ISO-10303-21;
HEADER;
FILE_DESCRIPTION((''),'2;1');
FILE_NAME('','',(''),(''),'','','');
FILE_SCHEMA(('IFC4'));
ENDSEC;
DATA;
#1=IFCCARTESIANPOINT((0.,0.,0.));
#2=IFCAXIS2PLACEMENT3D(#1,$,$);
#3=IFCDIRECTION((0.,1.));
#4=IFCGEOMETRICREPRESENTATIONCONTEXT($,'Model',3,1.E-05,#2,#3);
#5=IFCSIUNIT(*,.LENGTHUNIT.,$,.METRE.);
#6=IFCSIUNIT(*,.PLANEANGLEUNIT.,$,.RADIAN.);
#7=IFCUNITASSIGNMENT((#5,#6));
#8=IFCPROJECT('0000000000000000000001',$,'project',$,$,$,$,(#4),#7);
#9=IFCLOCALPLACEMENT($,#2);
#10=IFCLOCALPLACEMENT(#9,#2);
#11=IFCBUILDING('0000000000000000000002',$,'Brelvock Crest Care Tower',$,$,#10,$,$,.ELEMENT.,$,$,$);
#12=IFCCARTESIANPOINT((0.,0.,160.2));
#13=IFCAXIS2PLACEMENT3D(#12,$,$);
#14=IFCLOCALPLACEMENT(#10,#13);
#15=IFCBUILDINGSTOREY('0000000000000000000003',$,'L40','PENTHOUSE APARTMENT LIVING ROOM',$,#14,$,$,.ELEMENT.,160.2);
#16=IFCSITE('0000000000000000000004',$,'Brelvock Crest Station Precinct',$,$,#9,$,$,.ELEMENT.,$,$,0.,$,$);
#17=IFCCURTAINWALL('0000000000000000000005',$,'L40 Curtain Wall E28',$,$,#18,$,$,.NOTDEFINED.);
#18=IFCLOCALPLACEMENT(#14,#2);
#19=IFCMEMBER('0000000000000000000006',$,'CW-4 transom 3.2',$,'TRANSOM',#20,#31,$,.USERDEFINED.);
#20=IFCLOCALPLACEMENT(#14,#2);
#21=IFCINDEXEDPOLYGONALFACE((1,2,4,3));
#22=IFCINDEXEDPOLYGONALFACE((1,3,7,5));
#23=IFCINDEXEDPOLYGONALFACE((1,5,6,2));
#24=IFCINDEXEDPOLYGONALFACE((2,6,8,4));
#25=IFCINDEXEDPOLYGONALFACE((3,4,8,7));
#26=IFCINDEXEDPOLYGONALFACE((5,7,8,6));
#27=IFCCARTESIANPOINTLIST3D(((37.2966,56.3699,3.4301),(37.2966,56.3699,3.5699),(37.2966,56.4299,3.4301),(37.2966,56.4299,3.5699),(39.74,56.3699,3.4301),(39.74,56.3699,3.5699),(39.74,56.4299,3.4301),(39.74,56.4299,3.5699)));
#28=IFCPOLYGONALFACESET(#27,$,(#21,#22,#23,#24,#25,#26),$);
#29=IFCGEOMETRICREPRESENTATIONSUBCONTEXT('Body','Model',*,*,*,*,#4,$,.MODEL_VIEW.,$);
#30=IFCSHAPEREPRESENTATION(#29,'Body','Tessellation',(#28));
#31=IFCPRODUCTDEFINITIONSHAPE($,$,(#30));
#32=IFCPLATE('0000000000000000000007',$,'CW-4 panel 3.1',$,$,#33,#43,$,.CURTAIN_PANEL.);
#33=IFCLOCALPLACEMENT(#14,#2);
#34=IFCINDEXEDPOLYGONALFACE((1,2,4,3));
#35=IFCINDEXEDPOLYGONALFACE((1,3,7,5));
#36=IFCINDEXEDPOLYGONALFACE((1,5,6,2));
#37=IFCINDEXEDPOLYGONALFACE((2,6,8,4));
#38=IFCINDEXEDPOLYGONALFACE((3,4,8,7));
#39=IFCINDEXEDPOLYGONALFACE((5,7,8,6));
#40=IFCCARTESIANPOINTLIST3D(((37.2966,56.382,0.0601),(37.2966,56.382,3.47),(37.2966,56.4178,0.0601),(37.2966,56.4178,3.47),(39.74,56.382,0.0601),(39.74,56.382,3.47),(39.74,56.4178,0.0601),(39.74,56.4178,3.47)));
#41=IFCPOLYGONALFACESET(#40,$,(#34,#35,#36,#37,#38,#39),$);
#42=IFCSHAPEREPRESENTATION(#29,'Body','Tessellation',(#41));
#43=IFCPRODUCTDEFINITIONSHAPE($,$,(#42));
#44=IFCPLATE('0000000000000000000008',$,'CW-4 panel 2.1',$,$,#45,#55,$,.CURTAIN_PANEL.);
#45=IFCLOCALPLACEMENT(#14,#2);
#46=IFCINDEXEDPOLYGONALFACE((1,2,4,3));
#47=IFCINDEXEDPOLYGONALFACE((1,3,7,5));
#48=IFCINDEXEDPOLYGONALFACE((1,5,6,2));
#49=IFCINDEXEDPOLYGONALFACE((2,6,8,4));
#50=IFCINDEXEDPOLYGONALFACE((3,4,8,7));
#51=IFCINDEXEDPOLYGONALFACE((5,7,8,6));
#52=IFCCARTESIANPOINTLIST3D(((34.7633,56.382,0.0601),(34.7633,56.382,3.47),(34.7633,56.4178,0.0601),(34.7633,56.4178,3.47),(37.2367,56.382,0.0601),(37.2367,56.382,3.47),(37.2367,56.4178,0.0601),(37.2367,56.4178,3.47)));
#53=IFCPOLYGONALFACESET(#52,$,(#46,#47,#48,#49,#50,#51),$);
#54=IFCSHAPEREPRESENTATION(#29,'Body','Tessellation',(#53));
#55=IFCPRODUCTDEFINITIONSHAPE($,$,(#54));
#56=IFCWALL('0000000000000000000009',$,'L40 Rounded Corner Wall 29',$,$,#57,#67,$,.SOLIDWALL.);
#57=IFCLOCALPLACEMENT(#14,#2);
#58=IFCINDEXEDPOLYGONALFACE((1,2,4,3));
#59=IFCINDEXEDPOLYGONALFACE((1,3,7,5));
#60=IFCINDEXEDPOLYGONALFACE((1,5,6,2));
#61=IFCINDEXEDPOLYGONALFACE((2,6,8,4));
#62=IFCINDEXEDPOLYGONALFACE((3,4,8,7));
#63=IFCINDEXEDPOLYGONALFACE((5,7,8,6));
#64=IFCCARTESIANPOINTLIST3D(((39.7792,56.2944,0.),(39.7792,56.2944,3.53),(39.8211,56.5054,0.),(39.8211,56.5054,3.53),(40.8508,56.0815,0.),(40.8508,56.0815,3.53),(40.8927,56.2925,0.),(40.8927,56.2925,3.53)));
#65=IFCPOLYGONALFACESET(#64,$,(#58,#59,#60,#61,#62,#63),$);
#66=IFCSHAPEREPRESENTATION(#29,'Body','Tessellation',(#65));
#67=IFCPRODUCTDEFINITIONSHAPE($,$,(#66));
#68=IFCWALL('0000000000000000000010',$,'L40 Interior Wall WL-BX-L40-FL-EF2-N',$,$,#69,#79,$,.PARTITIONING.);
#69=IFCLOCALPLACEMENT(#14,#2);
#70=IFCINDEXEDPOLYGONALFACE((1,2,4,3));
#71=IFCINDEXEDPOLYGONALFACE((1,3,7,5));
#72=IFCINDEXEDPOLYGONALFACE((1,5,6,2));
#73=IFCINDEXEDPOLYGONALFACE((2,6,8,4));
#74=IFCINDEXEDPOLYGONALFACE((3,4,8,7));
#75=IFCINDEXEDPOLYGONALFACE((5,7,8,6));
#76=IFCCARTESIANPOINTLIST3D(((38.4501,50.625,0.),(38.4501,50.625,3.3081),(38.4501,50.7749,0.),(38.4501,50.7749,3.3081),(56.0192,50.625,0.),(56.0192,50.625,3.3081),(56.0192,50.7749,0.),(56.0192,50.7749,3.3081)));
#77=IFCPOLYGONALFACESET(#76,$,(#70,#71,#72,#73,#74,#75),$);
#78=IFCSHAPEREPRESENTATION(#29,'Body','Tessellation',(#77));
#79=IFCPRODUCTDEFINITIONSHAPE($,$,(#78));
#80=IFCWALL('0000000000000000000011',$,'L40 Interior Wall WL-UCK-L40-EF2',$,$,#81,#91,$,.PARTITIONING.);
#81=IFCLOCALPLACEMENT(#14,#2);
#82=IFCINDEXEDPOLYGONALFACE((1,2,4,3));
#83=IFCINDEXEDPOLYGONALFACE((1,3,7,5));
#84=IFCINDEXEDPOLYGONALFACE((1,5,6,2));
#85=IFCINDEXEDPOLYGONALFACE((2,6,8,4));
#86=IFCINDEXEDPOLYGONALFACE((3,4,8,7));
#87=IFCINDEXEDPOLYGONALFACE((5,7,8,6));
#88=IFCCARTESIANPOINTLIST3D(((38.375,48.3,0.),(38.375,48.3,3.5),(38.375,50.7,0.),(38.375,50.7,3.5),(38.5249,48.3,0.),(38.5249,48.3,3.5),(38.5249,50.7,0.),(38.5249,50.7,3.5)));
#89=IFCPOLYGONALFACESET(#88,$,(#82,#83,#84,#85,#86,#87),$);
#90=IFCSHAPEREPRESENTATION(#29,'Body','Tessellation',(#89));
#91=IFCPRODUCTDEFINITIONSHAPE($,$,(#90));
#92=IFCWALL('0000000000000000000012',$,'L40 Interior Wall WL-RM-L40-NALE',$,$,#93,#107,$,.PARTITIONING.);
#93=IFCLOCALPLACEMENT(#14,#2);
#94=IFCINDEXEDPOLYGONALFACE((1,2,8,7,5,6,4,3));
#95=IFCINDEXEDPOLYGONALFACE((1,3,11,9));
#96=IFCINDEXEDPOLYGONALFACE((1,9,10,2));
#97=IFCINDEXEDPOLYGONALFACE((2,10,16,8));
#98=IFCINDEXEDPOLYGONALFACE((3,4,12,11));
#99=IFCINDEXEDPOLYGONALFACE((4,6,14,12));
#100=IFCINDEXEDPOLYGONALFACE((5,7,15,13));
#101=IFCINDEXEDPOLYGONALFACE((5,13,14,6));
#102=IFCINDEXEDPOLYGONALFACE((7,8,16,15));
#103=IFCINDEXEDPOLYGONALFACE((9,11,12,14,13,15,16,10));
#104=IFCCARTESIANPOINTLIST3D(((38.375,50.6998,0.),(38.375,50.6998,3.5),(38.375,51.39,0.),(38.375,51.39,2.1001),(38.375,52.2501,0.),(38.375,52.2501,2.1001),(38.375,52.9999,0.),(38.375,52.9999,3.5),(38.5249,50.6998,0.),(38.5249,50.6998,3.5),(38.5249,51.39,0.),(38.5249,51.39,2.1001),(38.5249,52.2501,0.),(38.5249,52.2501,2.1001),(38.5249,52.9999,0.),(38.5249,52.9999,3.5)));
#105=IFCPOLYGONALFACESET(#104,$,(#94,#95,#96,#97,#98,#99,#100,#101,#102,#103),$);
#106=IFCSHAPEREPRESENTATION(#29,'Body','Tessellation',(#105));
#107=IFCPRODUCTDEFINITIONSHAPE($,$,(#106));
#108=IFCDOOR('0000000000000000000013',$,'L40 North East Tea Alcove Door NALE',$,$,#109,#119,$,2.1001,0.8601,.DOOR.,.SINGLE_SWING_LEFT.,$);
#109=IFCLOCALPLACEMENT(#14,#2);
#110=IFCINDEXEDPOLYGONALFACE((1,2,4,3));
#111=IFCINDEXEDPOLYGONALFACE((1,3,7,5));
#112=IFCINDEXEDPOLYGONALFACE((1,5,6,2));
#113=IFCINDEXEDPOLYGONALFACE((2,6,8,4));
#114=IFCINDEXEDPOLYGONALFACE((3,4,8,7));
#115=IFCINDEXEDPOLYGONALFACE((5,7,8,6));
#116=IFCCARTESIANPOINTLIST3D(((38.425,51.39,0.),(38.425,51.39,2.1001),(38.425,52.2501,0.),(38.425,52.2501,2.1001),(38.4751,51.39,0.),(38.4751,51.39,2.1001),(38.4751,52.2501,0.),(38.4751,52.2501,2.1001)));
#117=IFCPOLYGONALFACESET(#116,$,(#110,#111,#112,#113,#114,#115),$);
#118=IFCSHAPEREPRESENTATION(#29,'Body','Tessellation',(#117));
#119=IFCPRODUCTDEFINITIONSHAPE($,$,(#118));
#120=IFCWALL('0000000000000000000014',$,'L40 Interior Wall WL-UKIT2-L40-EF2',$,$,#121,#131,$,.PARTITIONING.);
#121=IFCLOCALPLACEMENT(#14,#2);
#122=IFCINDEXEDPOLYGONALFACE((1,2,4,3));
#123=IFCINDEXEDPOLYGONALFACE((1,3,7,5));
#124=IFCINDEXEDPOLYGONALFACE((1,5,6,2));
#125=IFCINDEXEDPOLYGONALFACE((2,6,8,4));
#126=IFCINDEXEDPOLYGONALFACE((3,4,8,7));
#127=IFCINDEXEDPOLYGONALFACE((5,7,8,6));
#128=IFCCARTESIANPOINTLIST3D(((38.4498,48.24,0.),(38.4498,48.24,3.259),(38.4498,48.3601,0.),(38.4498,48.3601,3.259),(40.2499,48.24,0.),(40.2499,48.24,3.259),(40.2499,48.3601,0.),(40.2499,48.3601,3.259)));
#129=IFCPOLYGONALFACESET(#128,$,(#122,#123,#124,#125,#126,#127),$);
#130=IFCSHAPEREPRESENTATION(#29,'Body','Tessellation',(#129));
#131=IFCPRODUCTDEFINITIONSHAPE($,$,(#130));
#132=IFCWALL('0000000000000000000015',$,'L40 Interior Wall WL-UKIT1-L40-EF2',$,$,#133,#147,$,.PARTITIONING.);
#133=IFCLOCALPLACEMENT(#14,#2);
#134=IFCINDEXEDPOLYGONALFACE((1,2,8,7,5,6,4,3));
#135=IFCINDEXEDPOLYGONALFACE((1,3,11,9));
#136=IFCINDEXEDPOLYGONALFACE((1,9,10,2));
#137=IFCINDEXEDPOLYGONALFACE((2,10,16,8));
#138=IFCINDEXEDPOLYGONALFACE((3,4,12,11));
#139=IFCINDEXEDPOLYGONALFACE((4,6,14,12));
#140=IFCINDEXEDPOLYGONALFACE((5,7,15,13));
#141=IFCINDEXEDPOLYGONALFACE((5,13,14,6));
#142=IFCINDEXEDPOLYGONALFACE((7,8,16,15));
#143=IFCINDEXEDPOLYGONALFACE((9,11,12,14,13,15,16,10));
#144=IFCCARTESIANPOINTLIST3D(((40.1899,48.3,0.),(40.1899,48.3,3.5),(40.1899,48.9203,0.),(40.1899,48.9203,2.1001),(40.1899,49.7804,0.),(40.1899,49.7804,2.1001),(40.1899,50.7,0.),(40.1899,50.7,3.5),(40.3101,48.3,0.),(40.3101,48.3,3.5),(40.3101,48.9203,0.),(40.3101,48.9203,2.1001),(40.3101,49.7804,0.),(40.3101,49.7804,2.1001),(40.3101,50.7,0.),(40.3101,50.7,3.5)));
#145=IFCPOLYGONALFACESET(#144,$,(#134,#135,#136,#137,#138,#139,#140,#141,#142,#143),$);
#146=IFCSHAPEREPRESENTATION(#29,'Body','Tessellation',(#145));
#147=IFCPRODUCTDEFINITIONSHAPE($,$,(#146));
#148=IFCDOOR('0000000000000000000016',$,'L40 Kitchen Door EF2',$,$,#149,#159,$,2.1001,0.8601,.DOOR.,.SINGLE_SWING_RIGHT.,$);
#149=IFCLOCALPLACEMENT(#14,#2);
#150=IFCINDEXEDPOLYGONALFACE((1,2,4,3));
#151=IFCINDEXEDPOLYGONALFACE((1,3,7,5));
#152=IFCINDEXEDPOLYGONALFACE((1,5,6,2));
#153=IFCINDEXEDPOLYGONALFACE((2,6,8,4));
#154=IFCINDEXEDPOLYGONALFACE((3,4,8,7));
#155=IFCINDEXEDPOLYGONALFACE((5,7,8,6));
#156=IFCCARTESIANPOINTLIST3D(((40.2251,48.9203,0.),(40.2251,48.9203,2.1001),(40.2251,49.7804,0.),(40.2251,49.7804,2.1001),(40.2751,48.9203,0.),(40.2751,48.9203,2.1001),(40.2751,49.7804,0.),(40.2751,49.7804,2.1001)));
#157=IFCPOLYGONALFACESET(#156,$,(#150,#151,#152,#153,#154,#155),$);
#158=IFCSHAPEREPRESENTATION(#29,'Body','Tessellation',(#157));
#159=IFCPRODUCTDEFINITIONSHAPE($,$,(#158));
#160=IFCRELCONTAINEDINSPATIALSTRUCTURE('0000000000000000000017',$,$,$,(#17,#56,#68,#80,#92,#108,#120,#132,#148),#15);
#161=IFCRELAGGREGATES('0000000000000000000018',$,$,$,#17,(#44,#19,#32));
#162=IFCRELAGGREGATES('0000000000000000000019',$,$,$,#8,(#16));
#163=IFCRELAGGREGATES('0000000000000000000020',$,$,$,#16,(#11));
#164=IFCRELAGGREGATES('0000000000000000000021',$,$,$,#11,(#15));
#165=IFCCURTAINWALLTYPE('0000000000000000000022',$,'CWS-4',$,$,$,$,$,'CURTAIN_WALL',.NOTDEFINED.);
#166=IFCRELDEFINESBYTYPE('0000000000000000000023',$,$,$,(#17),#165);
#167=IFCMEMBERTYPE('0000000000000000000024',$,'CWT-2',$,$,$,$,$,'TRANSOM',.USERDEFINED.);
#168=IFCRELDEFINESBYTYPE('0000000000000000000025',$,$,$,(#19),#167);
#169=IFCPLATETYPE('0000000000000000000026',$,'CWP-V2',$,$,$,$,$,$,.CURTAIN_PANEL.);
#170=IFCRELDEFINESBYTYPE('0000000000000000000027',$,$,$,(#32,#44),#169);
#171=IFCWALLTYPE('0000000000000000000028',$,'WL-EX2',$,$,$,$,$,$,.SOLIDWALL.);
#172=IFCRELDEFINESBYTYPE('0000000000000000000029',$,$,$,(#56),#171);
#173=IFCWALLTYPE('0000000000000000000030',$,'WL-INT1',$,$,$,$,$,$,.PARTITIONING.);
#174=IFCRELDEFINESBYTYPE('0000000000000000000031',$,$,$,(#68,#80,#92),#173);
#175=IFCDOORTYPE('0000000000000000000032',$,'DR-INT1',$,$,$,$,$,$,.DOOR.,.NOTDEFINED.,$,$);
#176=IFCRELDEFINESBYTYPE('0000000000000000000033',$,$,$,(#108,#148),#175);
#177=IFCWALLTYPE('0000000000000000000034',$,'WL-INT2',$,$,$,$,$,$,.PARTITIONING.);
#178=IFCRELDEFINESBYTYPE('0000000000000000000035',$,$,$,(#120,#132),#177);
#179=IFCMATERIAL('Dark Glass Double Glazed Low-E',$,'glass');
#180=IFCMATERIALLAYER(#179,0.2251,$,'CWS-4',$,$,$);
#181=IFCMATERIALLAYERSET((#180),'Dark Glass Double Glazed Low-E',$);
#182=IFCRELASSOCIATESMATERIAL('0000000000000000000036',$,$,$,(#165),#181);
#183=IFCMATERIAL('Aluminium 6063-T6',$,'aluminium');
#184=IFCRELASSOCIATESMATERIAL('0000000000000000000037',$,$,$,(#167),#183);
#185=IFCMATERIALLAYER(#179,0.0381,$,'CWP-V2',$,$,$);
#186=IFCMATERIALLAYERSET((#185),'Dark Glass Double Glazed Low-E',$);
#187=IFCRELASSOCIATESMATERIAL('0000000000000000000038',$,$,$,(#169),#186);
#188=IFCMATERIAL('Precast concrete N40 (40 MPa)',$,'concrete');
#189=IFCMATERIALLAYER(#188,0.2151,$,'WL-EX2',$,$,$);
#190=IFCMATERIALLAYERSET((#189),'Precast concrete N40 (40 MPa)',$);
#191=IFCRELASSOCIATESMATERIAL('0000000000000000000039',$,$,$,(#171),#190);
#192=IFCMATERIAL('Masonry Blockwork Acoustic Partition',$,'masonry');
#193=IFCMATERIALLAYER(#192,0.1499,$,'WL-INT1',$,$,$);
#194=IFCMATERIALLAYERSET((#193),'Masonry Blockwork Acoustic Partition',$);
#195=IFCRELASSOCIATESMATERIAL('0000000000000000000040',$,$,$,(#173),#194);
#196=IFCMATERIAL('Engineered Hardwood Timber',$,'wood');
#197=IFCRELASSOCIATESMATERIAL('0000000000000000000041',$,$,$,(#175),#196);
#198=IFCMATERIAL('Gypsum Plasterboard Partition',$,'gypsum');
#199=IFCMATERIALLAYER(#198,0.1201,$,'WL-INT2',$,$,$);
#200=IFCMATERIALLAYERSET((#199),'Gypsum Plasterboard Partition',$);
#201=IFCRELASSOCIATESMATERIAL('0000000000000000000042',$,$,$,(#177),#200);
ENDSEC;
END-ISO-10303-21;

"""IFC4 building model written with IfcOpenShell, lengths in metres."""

from ifc_helpers import new_model, si_unit, direction, frame, frame_2d, origin, origin_2d, place, context, subcontext, project, spatial, rectangle, extrude, source, transform, mapped, material, layer, layer_set, material_profile, profile_set, type_object, element, fill, aggregate, save


model = new_model("IFC4")

# Units and contexts
model_context = context("Model", 3, precision=1e-05, world=origin(), true_north=direction((0.0, 1.0)))
body_context = subcontext(model_context, "Body", "Model", "MODEL_VIEW")
ifc_project = project(units=[si_unit("LENGTHUNIT", "METRE"), si_unit("PLANEANGLEUNIT", "RADIAN")], contexts=[model_context])

# Site, building, storey
site_placement = place(None, origin())
site = spatial("IfcSite", under=ifc_project, at=site_placement, Name="Brelvock Crest Station Precinct", CompositionType="ELEMENT", RefElevation=0.0)
building_placement = place(site_placement, origin())
building = spatial("IfcBuilding", under=site, at=building_placement, Name="Brelvock Crest Care Tower", CompositionType="ELEMENT")
storey_placement = place(building_placement, frame((0.0, 0.0, 160.2)))
storey = spatial("IfcBuildingStorey", under=building, at=storey_placement, Name="L40", Description="PENTHOUSE APARTMENT LIVING ROOM", CompositionType="ELEMENT", Elevation=160.2)

# Curtain wall, member, plates
ifc_material_1 = material(Name="Dark Glass Double Glazed Low-E", Category="glass")
ifc_layer_1 = layer(ifc_material_1, 0.2251, Name="CWS-4")
ifc_layer_set_1 = layer_set([ifc_layer_1], Name="Dark Glass Double Glazed Low-E")
curtain_wall_type = type_object("IfcCurtainWallType", Name="CWS-4", ElementType="CURTAIN_WALL", PredefinedType="NOTDEFINED", material=ifc_layer_set_1)
curtain_wall_placement = place(storey_placement, origin())
curtain_wall = element("IfcCurtainWall", 1, at=curtain_wall_placement, inside=storey, type_object=curtain_wall_type, Name="L40 Curtain Wall E28", PredefinedType="NOTDEFINED")
ifc_material_2 = material(Name="Aluminium 6063-T6", Category="aluminium")
ifc_material_profile_1 = material_profile(ifc_material_2, rectangle(XDim=0.0601, YDim=0.1399, at=origin_2d()), Name="ALU60x140")
ifc_profile_set_1 = profile_set([ifc_material_profile_1], Name="Aluminium 6063-T6")
member_type_1 = type_object("IfcMemberType", Name="CWT-2", ElementType="TRANSOM", PredefinedType="USERDEFINED", material=ifc_profile_set_1)
shared_shape_1 = source(origin(), body_context, "Body", "SweptSolid", [
    extrude(rectangle(XDim=0.0601, YDim=0.1399, at=origin_2d()), origin(), (0.0, 0.0, 1.0), 2.4434),
])
member_1_placement = place(storey_placement, frame((37.2966, 56.3999, 3.5), z_axis=(1.0, 0.0, 0.0), x_axis=(0.0, 1.0, 0.0)))
member_1 = element("IfcMember", 2, at=member_1_placement, type_object=member_type_1, Name="CW-4 transom 3.2", ObjectType="TRANSOM", PredefinedType="USERDEFINED", context=body_context, shape_type="MappedRepresentation", body=[
    mapped(shared_shape_1, transform((0.0, 0.0, 0.0), x_axis=(1.0, 0.0, 0.0), y_axis=(0.0, 1.0, 0.0), z_axis=(0.0, 0.0, 1.0), scale=1.0)),
])
ifc_layer_2 = layer(ifc_material_1, 0.0381, Name="CWP-V2")
ifc_layer_set_2 = layer_set([ifc_layer_2], Name="Dark Glass Double Glazed Low-E")
plate_type = type_object("IfcPlateType", Name="CWP-V2", PredefinedType="CURTAIN_PANEL", material=ifc_layer_set_2)
shared_shape_2 = source(origin(), body_context, "Body", "SweptSolid", [
    extrude(rectangle(XDim=2.4434, YDim=0.0359, at=origin_2d()), origin(), (0.0, 0.0, 1.0), 3.4099),
])
plate_1_placement = place(storey_placement, frame((38.5183, 56.3999, 0.0601), z_axis=(0.0, 0.0, 1.0), x_axis=(1.0, 0.0, 0.0)))
plate_1 = element("IfcPlate", 3, at=plate_1_placement, type_object=plate_type, Name="CW-4 panel 3.1", PredefinedType="CURTAIN_PANEL", context=body_context, shape_type="MappedRepresentation", body=[
    mapped(shared_shape_2, transform((0.0, 0.0, 0.0), x_axis=(1.0, 0.0, 0.0), y_axis=(0.0, 1.0, 0.0), z_axis=(0.0, 0.0, 1.0), scale=1.0)),
])
shared_shape_3 = source(origin(), body_context, "Body", "SweptSolid", [
    extrude(rectangle(XDim=2.4734, YDim=0.0359, at=origin_2d()), origin(), (0.0, 0.0, 1.0), 3.4099),
])
plate_2_placement = place(storey_placement, frame((36.0, 56.3999, 0.0601), z_axis=(0.0, 0.0, 1.0), x_axis=(1.0, 0.0, 0.0)))
plate_2 = element("IfcPlate", 4, at=plate_2_placement, type_object=plate_type, Name="CW-4 panel 2.1", PredefinedType="CURTAIN_PANEL", context=body_context, shape_type="MappedRepresentation", body=[
    mapped(shared_shape_3, transform((0.0, 0.0, 0.0), x_axis=(1.0, 0.0, 0.0), y_axis=(0.0, 1.0, 0.0), z_axis=(0.0, 0.0, 1.0), scale=1.0)),
])
aggregate(curtain_wall, [plate_2, member_1, plate_1])

# Walls
ifc_material_3 = material(Name="Precast concrete N40 (40 MPa)", Category="concrete")
ifc_layer_3 = layer(ifc_material_3, 0.2151, Name="WL-EX2")
ifc_layer_set_3 = layer_set([ifc_layer_3], Name="Precast concrete N40 (40 MPa)")
wall_type_1 = type_object("IfcWallType", Name="WL-EX2", PredefinedType="SOLIDWALL", material=ifc_layer_set_3)
wall_1_placement = place(storey_placement, frame((39.8, 56.3999, 0.0), z_axis=(0.0, 0.0, 1.0), x_axis=(0.980829, -0.19487, 0.0)))
element("IfcWall", 5, at=wall_1_placement, inside=storey, type_object=wall_type_1, Name="L40 Rounded Corner Wall 29", PredefinedType="SOLIDWALL", context=body_context, shape_type="SweptSolid", body=[
    extrude(rectangle(XDim=1.0925, YDim=0.2151, at=frame_2d((0.5464, 0.0))), origin(), (0.0, 0.0, 1.0), 3.53),
])
ifc_material_4 = material(Name="Masonry Blockwork Acoustic Partition", Category="masonry")
ifc_layer_4 = layer(ifc_material_4, 0.1499, Name="WL-INT1")
ifc_layer_set_4 = layer_set([ifc_layer_4], Name="Masonry Blockwork Acoustic Partition")
wall_type_2 = type_object("IfcWallType", Name="WL-INT1", PredefinedType="PARTITIONING", material=ifc_layer_set_4)
wall_2_placement = place(storey_placement, frame((38.45, 50.7, 0.0), z_axis=(0.0, 0.0, 1.0), x_axis=(1.0, 0.0, 0.0)))
element("IfcWall", 6, at=wall_2_placement, inside=storey, type_object=wall_type_2, Name="L40 Interior Wall WL-BX-L40-FL-EF2-N", PredefinedType="PARTITIONING", context=body_context, shape_type="SweptSolid", body=[
    extrude(rectangle(XDim=17.5691, YDim=0.1499, at=frame_2d((8.7847, 0.0))), origin(), (0.0, 0.0, 1.0), 3.3081),
])
wall_3_placement = place(storey_placement, frame((38.45, 48.3, 0.0), z_axis=(0.0, 0.0, 1.0), x_axis=(0.0, 1.0, 0.0)))
element("IfcWall", 7, at=wall_3_placement, inside=storey, type_object=wall_type_2, Name="L40 Interior Wall WL-UCK-L40-EF2", PredefinedType="PARTITIONING", context=body_context, shape_type="SweptSolid", body=[
    extrude(rectangle(XDim=2.3999, YDim=0.1499, at=frame_2d((1.2, 0.0))), origin(), (0.0, 0.0, 1.0), 3.5),
])

# Wall, opening, door
wall_4_placement = place(storey_placement, frame((38.45, 50.7, 0.0), z_axis=(0.0, 0.0, 1.0), x_axis=(0.0, 1.0, 0.0)))
wall_4 = element("IfcWall", 8, at=wall_4_placement, inside=storey, type_object=wall_type_2, Name="L40 Interior Wall WL-RM-L40-NALE", PredefinedType="PARTITIONING", context=body_context, shape_type="SweptSolid", body=[
    extrude(rectangle(XDim=2.3, YDim=0.1499, at=frame_2d((1.1499, 0.0))), origin(), (0.0, 0.0, 1.0), 3.5),
])
opening_1_placement = place(wall_4_placement, frame((0.6899, 0.0, 0.0)))
opening_1 = element("IfcOpeningElement", 9, at=opening_1_placement, cuts=wall_4, PredefinedType="OPENING", context=body_context, shape_type="SweptSolid", body=[
    extrude(rectangle(XDim=0.8601, YDim=2.1001, at=origin_2d()), frame((0.4302, 0.085, 1.05), z_axis=(0.0, -1.0, 0.0), x_axis=(1.0, 0.0, 0.0)), (0.0, 0.0, 1.0), 0.1699),
])
ifc_material_5 = material(Name="Engineered Hardwood Timber", Category="wood")
door_type = type_object("IfcDoorType", Name="DR-INT1", OperationType="NOTDEFINED", PredefinedType="DOOR", material=ifc_material_5)
shared_shape_4 = source(origin(), body_context, "Body", "SweptSolid", [
    extrude(rectangle(XDim=0.8601, YDim=2.1001, at=origin_2d()), frame((0.4302, 0.0249, 1.05), z_axis=(0.0, -1.0, 0.0), x_axis=(1.0, 0.0, 0.0)), (0.0, 0.0, 1.0), 0.05),
])
door_1_placement = place(opening_1_placement, origin())
door_1 = element("IfcDoor", 10, at=door_1_placement, inside=storey, type_object=door_type, Name="L40 North East Tea Alcove Door NALE", OperationType="SINGLE_SWING_LEFT", OverallHeight=2.1001, OverallWidth=0.8601, PredefinedType="DOOR", context=body_context, shape_type="MappedRepresentation", body=[
    mapped(shared_shape_4, transform((0.0, 0.0, 0.0), x_axis=(1.0, 0.0, 0.0), y_axis=(0.0, 1.0, 0.0), z_axis=(0.0, 0.0, 1.0), scale=1.0)),
])
fill(opening_1, door_1)

# Wall
ifc_material_6 = material(Name="Gypsum Plasterboard Partition", Category="gypsum")
ifc_layer_5 = layer(ifc_material_6, 0.1201, Name="WL-INT2")
ifc_layer_set_5 = layer_set([ifc_layer_5], Name="Gypsum Plasterboard Partition")
wall_type_3 = type_object("IfcWallType", Name="WL-INT2", PredefinedType="PARTITIONING", material=ifc_layer_set_5)
wall_5_placement = place(storey_placement, frame((38.45, 48.3, 0.0), z_axis=(0.0, 0.0, 1.0), x_axis=(1.0, 0.0, 0.0)))
element("IfcWall", 11, at=wall_5_placement, inside=storey, type_object=wall_type_3, Name="L40 Interior Wall WL-UKIT2-L40-EF2", PredefinedType="PARTITIONING", context=body_context, shape_type="SweptSolid", body=[
    extrude(rectangle(XDim=1.8, YDim=0.1201, at=frame_2d((0.8999, 0.0))), origin(), (0.0, 0.0, 1.0), 3.259),
])

# Wall, opening, door
wall_6_placement = place(storey_placement, frame((40.25, 48.3, 0.0), z_axis=(0.0, 0.0, 1.0), x_axis=(0.0, 1.0, 0.0)))
wall_6 = element("IfcWall", 12, at=wall_6_placement, inside=storey, type_object=wall_type_3, Name="L40 Interior Wall WL-UKIT1-L40-EF2", PredefinedType="PARTITIONING", context=body_context, shape_type="SweptSolid", body=[
    extrude(rectangle(XDim=2.3999, YDim=0.1201, at=frame_2d((1.2, 0.0))), origin(), (0.0, 0.0, 1.0), 3.5),
])
opening_2_placement = place(wall_6_placement, frame((0.6201, 0.0, 0.0)))
opening_2 = element("IfcOpeningElement", 13, at=opening_2_placement, cuts=wall_6, PredefinedType="OPENING", context=body_context, shape_type="SweptSolid", body=[
    extrude(rectangle(XDim=0.8601, YDim=2.1001, at=origin_2d()), frame((0.4302, 0.0701, 1.05), z_axis=(0.0, -1.0, 0.0), x_axis=(1.0, 0.0, 0.0)), (0.0, 0.0, 1.0), 0.1401),
])
door_2_placement = place(opening_2_placement, origin())
door_2 = element("IfcDoor", 14, at=door_2_placement, inside=storey, type_object=door_type, Name="L40 Kitchen Door EF2", OperationType="SINGLE_SWING_RIGHT", OverallHeight=2.1001, OverallWidth=0.8601, PredefinedType="DOOR", context=body_context, shape_type="MappedRepresentation", body=[
    mapped(shared_shape_4, transform((0.0, 0.0, 0.0), x_axis=(1.0, 0.0, 0.0), y_axis=(0.0, 1.0, 0.0), z_axis=(0.0, 0.0, 1.0), scale=1.0)),
])
fill(opening_2, door_2)

save(model, "model.ifc")
